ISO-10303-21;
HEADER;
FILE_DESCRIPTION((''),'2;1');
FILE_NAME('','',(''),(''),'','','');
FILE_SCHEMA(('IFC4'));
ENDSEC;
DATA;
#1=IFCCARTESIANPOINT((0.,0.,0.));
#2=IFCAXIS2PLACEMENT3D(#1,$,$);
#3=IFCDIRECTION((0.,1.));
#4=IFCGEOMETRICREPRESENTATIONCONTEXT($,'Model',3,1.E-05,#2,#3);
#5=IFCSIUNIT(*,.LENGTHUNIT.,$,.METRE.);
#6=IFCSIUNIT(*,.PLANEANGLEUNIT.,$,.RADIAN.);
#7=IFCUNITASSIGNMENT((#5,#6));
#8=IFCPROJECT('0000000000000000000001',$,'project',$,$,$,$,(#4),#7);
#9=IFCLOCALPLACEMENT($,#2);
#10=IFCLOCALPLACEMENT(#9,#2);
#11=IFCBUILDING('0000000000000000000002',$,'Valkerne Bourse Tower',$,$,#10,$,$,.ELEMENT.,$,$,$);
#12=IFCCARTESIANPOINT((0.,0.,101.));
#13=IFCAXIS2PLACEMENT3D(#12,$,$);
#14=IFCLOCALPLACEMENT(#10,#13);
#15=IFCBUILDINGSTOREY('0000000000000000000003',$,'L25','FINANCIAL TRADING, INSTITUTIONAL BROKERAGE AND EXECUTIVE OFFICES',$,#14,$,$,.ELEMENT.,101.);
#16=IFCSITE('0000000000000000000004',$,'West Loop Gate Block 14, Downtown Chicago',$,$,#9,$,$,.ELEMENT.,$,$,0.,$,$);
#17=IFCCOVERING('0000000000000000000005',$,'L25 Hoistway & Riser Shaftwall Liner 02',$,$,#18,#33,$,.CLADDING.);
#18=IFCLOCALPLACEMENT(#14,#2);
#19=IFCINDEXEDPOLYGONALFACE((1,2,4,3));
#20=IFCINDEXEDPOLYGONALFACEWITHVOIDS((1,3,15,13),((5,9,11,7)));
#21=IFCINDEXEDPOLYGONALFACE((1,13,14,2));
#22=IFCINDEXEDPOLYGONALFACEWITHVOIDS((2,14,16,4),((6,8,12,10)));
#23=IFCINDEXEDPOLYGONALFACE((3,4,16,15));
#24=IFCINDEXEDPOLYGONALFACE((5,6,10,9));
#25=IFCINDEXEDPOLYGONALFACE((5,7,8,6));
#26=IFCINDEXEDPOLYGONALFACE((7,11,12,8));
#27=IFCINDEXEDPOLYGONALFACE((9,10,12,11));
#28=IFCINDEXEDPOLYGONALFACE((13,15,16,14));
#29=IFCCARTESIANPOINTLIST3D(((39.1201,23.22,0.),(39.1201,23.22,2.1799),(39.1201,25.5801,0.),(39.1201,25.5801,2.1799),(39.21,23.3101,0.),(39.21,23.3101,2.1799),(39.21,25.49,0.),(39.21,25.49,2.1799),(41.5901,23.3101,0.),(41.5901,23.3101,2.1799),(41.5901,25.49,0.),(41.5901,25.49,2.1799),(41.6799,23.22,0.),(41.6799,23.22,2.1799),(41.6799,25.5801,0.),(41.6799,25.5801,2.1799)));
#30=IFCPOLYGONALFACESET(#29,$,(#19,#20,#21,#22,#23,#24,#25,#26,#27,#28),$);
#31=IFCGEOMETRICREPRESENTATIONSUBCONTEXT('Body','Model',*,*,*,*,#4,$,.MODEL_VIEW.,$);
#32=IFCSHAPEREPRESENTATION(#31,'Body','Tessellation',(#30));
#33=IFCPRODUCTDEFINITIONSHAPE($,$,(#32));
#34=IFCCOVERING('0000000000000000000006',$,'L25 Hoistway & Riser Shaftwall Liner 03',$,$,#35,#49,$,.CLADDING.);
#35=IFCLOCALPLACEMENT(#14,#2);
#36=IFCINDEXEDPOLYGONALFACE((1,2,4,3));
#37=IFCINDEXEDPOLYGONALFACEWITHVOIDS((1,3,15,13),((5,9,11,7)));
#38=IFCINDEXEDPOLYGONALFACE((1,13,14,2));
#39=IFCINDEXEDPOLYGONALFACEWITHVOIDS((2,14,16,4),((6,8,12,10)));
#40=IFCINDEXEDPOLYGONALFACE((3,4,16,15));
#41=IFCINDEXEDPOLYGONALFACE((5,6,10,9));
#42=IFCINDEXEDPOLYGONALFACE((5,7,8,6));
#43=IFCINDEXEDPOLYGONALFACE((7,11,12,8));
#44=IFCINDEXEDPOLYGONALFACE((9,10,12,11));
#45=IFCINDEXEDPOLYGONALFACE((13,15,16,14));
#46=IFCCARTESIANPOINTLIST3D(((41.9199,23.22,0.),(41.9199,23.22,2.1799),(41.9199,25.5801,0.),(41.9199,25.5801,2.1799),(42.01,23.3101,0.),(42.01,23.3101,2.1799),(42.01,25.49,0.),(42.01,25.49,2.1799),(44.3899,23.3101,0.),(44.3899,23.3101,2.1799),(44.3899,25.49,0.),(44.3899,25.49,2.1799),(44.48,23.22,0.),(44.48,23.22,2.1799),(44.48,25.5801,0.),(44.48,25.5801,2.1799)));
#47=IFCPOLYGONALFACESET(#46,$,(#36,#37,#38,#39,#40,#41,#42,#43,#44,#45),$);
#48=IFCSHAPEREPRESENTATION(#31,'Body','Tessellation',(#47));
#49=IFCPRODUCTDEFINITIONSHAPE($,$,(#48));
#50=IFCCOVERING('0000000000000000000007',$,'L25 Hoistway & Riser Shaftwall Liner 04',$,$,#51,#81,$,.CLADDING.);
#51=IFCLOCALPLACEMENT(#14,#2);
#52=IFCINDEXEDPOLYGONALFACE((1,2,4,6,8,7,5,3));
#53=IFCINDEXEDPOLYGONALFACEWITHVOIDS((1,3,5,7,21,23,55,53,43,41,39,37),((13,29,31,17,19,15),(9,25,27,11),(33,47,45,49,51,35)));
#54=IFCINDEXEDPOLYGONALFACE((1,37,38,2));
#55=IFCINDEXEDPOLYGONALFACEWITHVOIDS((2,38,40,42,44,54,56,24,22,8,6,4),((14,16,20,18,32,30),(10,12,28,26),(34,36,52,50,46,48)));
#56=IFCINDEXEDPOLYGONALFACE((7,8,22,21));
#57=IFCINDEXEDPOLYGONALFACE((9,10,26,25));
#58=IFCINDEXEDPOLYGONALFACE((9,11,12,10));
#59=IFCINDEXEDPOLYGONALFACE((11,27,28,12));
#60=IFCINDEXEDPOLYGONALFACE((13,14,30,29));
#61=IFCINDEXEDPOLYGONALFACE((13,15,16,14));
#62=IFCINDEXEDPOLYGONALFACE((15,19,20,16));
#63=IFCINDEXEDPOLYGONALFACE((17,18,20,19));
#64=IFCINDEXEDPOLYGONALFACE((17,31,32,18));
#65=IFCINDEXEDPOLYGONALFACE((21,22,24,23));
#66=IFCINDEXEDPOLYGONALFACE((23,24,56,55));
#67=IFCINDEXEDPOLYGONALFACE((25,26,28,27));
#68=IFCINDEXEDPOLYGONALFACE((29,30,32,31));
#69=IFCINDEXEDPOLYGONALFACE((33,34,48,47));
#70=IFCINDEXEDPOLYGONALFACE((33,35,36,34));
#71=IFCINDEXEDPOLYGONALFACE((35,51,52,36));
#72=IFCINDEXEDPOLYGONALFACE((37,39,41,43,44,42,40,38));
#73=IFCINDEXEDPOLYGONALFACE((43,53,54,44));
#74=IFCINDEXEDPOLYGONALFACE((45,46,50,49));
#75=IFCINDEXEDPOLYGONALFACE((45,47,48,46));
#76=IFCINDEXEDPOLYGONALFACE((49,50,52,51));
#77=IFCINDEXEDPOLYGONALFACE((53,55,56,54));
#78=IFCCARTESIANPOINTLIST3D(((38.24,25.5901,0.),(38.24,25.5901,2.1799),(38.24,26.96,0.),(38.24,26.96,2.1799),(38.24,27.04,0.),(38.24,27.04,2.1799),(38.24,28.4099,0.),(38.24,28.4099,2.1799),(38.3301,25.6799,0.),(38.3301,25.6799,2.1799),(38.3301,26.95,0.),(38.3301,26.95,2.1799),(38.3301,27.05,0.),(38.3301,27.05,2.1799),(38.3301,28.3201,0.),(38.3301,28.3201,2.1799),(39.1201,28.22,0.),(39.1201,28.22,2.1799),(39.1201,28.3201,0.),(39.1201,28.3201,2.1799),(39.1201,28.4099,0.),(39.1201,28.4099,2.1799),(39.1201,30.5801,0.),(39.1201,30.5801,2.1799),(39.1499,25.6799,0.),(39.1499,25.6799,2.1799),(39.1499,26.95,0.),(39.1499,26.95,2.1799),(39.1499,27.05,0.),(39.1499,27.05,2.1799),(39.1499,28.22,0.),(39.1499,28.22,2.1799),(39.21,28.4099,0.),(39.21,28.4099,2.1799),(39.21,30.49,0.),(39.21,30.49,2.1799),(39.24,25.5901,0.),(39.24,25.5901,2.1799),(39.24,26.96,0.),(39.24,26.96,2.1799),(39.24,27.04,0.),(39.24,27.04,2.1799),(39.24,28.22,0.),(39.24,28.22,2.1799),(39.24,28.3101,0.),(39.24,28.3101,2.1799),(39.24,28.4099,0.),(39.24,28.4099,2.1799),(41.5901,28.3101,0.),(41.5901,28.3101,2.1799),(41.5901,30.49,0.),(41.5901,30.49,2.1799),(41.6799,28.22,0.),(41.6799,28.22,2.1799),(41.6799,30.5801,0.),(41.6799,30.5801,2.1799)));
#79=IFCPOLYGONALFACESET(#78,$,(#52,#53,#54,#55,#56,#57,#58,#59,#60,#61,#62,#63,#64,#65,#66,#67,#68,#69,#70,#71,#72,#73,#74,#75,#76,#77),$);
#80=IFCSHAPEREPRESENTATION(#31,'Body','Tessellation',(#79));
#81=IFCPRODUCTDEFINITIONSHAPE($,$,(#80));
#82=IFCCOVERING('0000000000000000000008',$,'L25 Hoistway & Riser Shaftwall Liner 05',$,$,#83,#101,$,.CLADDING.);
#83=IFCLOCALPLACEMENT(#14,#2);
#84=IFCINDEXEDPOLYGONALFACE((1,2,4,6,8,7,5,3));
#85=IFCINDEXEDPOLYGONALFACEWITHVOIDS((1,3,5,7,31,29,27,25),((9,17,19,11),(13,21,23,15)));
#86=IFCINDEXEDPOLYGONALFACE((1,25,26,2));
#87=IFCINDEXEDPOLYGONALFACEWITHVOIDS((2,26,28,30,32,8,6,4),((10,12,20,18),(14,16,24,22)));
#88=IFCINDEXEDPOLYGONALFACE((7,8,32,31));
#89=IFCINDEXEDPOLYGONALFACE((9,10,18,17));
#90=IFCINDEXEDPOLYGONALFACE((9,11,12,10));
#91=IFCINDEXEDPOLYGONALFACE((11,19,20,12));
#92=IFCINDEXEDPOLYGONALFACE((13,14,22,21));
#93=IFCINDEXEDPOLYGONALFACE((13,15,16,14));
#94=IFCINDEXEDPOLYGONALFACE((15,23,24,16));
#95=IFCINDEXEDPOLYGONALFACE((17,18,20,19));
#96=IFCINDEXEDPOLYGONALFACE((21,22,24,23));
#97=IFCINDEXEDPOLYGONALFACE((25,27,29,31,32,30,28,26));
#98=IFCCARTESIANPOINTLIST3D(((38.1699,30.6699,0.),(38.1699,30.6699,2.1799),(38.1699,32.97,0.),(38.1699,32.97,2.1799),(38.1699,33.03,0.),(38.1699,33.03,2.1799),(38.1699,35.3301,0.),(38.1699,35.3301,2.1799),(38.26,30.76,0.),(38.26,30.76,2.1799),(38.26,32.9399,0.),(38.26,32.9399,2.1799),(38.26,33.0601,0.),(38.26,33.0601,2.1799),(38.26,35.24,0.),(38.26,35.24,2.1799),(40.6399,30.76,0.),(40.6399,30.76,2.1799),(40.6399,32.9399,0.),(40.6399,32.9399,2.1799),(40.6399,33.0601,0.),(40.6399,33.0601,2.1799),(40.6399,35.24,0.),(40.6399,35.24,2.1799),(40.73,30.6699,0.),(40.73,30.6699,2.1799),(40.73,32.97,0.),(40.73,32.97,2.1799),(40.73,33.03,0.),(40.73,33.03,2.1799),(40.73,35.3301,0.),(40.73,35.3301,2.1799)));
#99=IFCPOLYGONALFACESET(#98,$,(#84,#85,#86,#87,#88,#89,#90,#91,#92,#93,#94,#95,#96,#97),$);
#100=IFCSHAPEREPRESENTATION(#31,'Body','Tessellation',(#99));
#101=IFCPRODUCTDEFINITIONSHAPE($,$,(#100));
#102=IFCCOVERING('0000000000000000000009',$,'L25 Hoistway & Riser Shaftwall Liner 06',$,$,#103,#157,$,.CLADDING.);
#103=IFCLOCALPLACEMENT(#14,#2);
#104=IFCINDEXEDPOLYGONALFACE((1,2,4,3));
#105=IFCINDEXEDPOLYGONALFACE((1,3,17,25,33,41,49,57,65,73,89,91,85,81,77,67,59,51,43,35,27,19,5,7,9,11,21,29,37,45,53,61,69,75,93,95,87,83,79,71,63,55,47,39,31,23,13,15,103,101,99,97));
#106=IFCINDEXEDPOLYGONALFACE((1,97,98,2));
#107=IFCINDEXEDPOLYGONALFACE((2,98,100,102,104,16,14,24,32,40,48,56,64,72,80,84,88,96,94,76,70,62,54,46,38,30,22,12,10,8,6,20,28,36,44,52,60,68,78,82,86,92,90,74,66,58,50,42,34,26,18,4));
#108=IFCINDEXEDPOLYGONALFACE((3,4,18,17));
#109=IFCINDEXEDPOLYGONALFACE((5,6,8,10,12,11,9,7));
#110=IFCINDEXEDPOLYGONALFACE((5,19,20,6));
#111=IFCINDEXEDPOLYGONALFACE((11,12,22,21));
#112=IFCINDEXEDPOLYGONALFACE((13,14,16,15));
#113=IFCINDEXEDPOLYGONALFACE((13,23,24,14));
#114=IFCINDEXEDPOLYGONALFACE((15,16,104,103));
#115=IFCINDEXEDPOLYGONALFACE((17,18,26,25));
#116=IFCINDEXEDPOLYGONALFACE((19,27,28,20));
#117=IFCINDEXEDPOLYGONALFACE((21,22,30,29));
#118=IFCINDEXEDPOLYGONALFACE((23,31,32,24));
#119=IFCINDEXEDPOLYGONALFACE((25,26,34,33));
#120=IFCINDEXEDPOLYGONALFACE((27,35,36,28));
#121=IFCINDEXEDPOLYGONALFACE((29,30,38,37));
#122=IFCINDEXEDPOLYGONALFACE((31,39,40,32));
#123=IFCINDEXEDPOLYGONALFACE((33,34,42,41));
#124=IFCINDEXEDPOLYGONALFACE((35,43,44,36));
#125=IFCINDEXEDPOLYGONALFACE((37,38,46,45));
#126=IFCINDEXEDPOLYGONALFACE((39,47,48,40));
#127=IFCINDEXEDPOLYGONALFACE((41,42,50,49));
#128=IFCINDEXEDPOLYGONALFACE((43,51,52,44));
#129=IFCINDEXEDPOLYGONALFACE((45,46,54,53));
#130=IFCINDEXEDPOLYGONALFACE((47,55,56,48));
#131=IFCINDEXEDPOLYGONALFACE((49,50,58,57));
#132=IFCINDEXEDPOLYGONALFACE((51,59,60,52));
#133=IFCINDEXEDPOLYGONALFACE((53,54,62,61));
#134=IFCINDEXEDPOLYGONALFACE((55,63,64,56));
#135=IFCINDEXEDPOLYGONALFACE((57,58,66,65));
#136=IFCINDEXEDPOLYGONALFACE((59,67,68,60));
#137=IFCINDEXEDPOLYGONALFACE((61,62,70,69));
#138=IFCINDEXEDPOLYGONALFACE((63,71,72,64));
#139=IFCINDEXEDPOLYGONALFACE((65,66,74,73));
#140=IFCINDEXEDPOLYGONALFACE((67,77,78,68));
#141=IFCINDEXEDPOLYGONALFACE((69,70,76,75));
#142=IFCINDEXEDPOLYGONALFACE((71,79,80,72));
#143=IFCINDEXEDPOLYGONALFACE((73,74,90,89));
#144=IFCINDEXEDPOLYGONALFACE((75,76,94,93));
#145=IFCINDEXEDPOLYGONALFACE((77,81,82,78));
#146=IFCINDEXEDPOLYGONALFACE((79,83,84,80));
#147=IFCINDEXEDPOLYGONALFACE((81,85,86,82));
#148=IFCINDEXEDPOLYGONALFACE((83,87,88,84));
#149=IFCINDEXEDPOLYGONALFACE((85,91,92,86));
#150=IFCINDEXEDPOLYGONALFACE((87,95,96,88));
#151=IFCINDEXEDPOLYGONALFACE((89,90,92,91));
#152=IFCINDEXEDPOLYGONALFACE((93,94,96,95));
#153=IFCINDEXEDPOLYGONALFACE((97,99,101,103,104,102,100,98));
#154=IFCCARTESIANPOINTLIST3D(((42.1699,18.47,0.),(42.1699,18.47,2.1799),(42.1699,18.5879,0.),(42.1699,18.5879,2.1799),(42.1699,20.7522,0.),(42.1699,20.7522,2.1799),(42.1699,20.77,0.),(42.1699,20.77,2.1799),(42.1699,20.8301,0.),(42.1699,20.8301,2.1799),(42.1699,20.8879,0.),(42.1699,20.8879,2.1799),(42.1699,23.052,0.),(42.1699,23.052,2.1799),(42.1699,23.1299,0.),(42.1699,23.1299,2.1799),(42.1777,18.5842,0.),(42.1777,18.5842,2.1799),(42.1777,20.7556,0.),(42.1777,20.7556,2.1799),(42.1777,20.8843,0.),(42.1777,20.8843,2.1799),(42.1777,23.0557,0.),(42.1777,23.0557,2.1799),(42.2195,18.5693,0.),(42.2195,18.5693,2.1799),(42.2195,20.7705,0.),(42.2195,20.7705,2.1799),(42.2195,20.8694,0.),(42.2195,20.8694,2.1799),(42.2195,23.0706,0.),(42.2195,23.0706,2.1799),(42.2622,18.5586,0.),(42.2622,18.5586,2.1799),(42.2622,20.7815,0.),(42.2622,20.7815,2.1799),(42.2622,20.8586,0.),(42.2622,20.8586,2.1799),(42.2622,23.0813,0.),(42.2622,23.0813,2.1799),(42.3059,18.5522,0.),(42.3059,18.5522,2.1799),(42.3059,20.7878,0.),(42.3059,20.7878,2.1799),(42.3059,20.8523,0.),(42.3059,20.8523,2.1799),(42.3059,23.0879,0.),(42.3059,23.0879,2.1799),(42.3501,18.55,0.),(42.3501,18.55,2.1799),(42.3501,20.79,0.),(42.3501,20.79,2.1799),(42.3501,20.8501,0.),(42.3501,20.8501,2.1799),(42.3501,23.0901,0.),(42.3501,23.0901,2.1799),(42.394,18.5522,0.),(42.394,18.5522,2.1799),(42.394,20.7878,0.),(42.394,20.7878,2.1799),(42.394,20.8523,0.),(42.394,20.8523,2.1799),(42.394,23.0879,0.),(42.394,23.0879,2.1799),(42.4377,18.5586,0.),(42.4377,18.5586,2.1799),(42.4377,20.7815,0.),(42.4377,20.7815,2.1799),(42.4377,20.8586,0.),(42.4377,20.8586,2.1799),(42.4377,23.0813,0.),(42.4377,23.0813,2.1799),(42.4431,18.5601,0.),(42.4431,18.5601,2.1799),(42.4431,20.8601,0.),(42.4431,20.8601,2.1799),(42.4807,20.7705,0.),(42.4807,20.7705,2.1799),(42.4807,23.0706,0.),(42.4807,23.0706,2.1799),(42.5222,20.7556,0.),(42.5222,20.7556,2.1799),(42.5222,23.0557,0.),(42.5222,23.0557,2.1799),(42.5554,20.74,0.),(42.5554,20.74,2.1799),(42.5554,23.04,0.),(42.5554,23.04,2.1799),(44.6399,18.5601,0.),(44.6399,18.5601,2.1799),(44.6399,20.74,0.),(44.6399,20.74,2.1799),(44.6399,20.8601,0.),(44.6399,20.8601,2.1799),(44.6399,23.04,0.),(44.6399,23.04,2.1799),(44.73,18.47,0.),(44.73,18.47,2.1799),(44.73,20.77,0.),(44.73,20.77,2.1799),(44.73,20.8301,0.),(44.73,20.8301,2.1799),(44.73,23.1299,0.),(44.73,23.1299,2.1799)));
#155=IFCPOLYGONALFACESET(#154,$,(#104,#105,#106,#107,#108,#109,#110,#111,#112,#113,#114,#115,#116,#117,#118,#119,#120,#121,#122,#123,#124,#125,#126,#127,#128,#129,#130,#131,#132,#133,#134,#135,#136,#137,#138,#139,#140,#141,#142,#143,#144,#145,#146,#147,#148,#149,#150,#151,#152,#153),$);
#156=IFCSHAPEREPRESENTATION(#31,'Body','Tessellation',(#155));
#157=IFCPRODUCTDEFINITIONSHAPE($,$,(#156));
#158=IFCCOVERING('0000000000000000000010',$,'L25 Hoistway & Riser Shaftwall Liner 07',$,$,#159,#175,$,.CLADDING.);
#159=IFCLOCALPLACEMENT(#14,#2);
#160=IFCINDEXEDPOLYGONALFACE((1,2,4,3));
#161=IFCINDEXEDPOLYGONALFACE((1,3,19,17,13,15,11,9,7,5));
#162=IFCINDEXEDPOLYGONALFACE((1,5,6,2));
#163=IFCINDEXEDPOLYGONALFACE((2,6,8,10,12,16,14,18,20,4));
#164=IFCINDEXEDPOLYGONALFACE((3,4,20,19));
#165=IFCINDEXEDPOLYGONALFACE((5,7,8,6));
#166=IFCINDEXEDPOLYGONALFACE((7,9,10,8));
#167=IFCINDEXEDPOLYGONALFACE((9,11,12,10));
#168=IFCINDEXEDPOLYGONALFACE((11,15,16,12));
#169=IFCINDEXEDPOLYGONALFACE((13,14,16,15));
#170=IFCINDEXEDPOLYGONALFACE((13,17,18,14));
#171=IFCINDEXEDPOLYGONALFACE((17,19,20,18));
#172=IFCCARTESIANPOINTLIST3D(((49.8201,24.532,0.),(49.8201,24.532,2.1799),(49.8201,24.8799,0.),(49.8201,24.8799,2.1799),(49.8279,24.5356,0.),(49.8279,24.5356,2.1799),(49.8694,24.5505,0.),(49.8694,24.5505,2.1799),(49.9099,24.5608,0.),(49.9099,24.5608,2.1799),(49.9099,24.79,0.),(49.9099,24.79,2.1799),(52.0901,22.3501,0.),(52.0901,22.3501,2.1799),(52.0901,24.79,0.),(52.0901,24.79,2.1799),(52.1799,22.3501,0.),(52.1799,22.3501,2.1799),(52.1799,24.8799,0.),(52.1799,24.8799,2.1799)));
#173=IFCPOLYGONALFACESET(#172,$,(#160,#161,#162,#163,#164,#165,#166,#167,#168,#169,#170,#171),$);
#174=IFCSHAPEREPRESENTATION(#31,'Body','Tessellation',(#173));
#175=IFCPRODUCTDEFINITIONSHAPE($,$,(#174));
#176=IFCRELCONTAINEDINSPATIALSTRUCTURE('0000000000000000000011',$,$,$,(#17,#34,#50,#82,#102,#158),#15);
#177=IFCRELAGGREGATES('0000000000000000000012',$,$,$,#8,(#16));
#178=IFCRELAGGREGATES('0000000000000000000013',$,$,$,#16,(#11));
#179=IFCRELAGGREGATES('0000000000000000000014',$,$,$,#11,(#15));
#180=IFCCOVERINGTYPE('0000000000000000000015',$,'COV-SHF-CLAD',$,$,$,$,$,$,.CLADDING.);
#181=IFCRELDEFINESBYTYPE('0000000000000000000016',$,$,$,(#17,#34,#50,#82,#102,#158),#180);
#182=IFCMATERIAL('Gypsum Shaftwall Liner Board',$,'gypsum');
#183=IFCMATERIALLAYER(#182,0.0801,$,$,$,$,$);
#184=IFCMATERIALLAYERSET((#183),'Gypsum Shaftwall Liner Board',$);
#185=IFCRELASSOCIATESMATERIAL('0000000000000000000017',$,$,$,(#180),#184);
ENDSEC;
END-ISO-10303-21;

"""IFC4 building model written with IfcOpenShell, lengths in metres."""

from ifc_helpers import new_model, si_unit, direction, frame, origin, place, context, subcontext, project, spatial, polyline, outline, extrude, material, layer, layer_set, type_object, element, save


model = new_model("IFC4")

# Units and contexts
model_context = context("Model", 3, precision=1e-05, world=origin(), true_north=direction((0.0, 1.0)))
body_context = subcontext(model_context, "Body", "Model", "MODEL_VIEW")
ifc_project = project(units=[si_unit("LENGTHUNIT", "METRE"), si_unit("PLANEANGLEUNIT", "RADIAN")], contexts=[model_context])

# Site, building, storey
site_placement = place(None, origin())
site = spatial("IfcSite", under=ifc_project, at=site_placement, Name="West Loop Gate Block 14, Downtown Chicago", CompositionType="ELEMENT", RefElevation=0.0)
building_placement = place(site_placement, origin())
building = spatial("IfcBuilding", under=site, at=building_placement, Name="Valkerne Bourse Tower", CompositionType="ELEMENT")
storey_placement = place(building_placement, frame((0.0, 0.0, 101.0)))
storey = spatial("IfcBuildingStorey", under=building, at=storey_placement, Name="L25", Description="FINANCIAL TRADING, INSTITUTIONAL BROKERAGE AND EXECUTIVE OFFICES", CompositionType="ELEMENT", Elevation=101.0)

# Coverings
ifc_material_1 = material(Name="Gypsum Shaftwall Liner Board", Category="gypsum")
ifc_layer_1 = layer(ifc_material_1, 0.0801)
ifc_layer_set_1 = layer_set([ifc_layer_1], Name="Gypsum Shaftwall Liner Board")
covering_type_1 = type_object("IfcCoveringType", Name="COV-SHF-CLAD", PredefinedType="CLADDING", material=ifc_layer_set_1)
covering_1_placement = place(storey_placement, origin())
element("IfcCovering", 1, at=covering_1_placement, inside=storey, type_object=covering_type_1, Name="L25 Hoistway & Riser Shaftwall Liner 02", PredefinedType="CLADDING", context=body_context, shape_type="SweptSolid", body=[
    extrude(outline(polyline([(41.6799, 23.22), (39.1201, 23.22), (39.1201, 25.5801), (41.6799, 25.5801), (41.6799, 23.22)]), holes=[polyline([(39.21, 25.49), (39.21, 23.3101), (41.5901, 23.3101), (41.5901, 25.49), (39.21, 25.49)])]), origin(), (0.0, 0.0, 1.0), 2.1799),
])
covering_2_placement = place(storey_placement, origin())
element("IfcCovering", 2, at=covering_2_placement, inside=storey, type_object=covering_type_1, Name="L25 Hoistway & Riser Shaftwall Liner 03", PredefinedType="CLADDING", context=body_context, shape_type="SweptSolid", body=[
    extrude(outline(polyline([(44.48, 23.22), (41.9199, 23.22), (41.9199, 25.5801), (44.48, 25.5801), (44.48, 23.22)]), holes=[polyline([(42.01, 25.49), (42.01, 23.3101), (44.3899, 23.3101), (44.3899, 25.49), (42.01, 25.49)])]), origin(), (0.0, 0.0, 1.0), 2.1799),
])
covering_3_placement = place(storey_placement, origin())
element("IfcCovering", 3, at=covering_3_placement, inside=storey, type_object=covering_type_1, Name="L25 Hoistway & Riser Shaftwall Liner 04", PredefinedType="CLADDING", context=body_context, shape_type="SweptSolid", body=[
    extrude(outline(polyline([(38.24, 28.4099), (39.1201, 28.4099), (39.1201, 30.5801), (41.6799, 30.5801), (41.6799, 28.22), (39.24, 28.22), (39.24, 27.04), (39.24, 26.96), (39.24, 25.5901), (38.24, 25.5901), (38.24, 26.96), (38.24, 27.04), (38.24, 28.4099)]), holes=[polyline([(39.21, 30.49), (39.21, 28.4099), (39.24, 28.4099), (39.24, 28.3101), (41.5901, 28.3101), (41.5901, 30.49), (39.21, 30.49)]), polyline([(38.3301, 26.95), (38.3301, 25.6799), (39.1499, 25.6799), (39.1499, 26.95), (38.3301, 26.95)]), polyline([(39.1201, 28.22), (39.1201, 28.3201), (38.3301, 28.3201), (38.3301, 27.05), (39.1499, 27.05), (39.1499, 28.22), (39.1201, 28.22)])]), origin(), (0.0, 0.0, 1.0), 2.1799),
])
covering_4_placement = place(storey_placement, origin())
element("IfcCovering", 4, at=covering_4_placement, inside=storey, type_object=covering_type_1, Name="L25 Hoistway & Riser Shaftwall Liner 05", PredefinedType="CLADDING", context=body_context, shape_type="SweptSolid", body=[
    extrude(outline(polyline([(38.1699, 35.3301), (40.73, 35.3301), (40.73, 33.03), (40.73, 32.97), (40.73, 30.6699), (38.1699, 30.6699), (38.1699, 32.97), (38.1699, 33.03), (38.1699, 35.3301)]), holes=[polyline([(38.26, 32.9399), (38.26, 30.76), (40.6399, 30.76), (40.6399, 32.9399), (38.26, 32.9399)]), polyline([(38.26, 35.24), (38.26, 33.0601), (40.6399, 33.0601), (40.6399, 35.24), (38.26, 35.24)])]), origin(), (0.0, 0.0, 1.0), 2.1799),
])
covering_5_placement = place(storey_placement, origin())
element("IfcCovering", 5, at=covering_5_placement, inside=storey, type_object=covering_type_1, Name="L25 Hoistway & Riser Shaftwall Liner 06", PredefinedType="CLADDING", context=body_context, shape_type="SweptSolid", body=[
    extrude(outline(polyline([(42.1699, 20.8301), (42.1699, 20.8879), (42.1777, 20.8843), (42.2195, 20.8694), (42.2622, 20.8586), (42.3059, 20.8523), (42.3501, 20.8501), (42.394, 20.8523), (42.4377, 20.8586), (42.4431, 20.8601), (44.6399, 20.8601), (44.6399, 23.04), (42.5554, 23.04), (42.5222, 23.0557), (42.4807, 23.0706), (42.4377, 23.0813), (42.394, 23.0879), (42.3501, 23.0901), (42.3059, 23.0879), (42.2622, 23.0813), (42.2195, 23.0706), (42.1777, 23.0557), (42.1699, 23.052), (42.1699, 23.1299), (44.73, 23.1299), (44.73, 20.8301), (44.73, 20.77), (44.73, 18.47), (42.1699, 18.47), (42.1699, 18.5879), (42.1777, 18.5842), (42.2195, 18.5693), (42.2622, 18.5586), (42.3059, 18.5522), (42.3501, 18.55), (42.394, 18.5522), (42.4377, 18.5586), (42.4431, 18.5601), (44.6399, 18.5601), (44.6399, 20.74), (42.5554, 20.74), (42.5222, 20.7556), (42.4807, 20.7705), (42.4377, 20.7815), (42.394, 20.7878), (42.3501, 20.79), (42.3059, 20.7878), (42.2622, 20.7815), (42.2195, 20.7705), (42.1777, 20.7556), (42.1699, 20.7522), (42.1699, 20.77), (42.1699, 20.8301)])), origin(), (0.0, 0.0, 1.0), 2.1799),
])
covering_6_placement = place(storey_placement, origin())
element("IfcCovering", 6, at=covering_6_placement, inside=storey, type_object=covering_type_1, Name="L25 Hoistway & Riser Shaftwall Liner 07", PredefinedType="CLADDING", context=body_context, shape_type="SweptSolid", body=[
    extrude(outline(polyline([(52.1799, 22.3501), (52.0901, 22.3501), (52.0901, 24.79), (49.9099, 24.79), (49.9099, 24.5608), (49.8694, 24.5505), (49.8279, 24.5356), (49.8201, 24.532), (49.8201, 24.8799), (52.1799, 24.8799), (52.1799, 22.3501)])), origin(), (0.0, 0.0, 1.0), 2.1799),
])

save(model, "model.ifc")
